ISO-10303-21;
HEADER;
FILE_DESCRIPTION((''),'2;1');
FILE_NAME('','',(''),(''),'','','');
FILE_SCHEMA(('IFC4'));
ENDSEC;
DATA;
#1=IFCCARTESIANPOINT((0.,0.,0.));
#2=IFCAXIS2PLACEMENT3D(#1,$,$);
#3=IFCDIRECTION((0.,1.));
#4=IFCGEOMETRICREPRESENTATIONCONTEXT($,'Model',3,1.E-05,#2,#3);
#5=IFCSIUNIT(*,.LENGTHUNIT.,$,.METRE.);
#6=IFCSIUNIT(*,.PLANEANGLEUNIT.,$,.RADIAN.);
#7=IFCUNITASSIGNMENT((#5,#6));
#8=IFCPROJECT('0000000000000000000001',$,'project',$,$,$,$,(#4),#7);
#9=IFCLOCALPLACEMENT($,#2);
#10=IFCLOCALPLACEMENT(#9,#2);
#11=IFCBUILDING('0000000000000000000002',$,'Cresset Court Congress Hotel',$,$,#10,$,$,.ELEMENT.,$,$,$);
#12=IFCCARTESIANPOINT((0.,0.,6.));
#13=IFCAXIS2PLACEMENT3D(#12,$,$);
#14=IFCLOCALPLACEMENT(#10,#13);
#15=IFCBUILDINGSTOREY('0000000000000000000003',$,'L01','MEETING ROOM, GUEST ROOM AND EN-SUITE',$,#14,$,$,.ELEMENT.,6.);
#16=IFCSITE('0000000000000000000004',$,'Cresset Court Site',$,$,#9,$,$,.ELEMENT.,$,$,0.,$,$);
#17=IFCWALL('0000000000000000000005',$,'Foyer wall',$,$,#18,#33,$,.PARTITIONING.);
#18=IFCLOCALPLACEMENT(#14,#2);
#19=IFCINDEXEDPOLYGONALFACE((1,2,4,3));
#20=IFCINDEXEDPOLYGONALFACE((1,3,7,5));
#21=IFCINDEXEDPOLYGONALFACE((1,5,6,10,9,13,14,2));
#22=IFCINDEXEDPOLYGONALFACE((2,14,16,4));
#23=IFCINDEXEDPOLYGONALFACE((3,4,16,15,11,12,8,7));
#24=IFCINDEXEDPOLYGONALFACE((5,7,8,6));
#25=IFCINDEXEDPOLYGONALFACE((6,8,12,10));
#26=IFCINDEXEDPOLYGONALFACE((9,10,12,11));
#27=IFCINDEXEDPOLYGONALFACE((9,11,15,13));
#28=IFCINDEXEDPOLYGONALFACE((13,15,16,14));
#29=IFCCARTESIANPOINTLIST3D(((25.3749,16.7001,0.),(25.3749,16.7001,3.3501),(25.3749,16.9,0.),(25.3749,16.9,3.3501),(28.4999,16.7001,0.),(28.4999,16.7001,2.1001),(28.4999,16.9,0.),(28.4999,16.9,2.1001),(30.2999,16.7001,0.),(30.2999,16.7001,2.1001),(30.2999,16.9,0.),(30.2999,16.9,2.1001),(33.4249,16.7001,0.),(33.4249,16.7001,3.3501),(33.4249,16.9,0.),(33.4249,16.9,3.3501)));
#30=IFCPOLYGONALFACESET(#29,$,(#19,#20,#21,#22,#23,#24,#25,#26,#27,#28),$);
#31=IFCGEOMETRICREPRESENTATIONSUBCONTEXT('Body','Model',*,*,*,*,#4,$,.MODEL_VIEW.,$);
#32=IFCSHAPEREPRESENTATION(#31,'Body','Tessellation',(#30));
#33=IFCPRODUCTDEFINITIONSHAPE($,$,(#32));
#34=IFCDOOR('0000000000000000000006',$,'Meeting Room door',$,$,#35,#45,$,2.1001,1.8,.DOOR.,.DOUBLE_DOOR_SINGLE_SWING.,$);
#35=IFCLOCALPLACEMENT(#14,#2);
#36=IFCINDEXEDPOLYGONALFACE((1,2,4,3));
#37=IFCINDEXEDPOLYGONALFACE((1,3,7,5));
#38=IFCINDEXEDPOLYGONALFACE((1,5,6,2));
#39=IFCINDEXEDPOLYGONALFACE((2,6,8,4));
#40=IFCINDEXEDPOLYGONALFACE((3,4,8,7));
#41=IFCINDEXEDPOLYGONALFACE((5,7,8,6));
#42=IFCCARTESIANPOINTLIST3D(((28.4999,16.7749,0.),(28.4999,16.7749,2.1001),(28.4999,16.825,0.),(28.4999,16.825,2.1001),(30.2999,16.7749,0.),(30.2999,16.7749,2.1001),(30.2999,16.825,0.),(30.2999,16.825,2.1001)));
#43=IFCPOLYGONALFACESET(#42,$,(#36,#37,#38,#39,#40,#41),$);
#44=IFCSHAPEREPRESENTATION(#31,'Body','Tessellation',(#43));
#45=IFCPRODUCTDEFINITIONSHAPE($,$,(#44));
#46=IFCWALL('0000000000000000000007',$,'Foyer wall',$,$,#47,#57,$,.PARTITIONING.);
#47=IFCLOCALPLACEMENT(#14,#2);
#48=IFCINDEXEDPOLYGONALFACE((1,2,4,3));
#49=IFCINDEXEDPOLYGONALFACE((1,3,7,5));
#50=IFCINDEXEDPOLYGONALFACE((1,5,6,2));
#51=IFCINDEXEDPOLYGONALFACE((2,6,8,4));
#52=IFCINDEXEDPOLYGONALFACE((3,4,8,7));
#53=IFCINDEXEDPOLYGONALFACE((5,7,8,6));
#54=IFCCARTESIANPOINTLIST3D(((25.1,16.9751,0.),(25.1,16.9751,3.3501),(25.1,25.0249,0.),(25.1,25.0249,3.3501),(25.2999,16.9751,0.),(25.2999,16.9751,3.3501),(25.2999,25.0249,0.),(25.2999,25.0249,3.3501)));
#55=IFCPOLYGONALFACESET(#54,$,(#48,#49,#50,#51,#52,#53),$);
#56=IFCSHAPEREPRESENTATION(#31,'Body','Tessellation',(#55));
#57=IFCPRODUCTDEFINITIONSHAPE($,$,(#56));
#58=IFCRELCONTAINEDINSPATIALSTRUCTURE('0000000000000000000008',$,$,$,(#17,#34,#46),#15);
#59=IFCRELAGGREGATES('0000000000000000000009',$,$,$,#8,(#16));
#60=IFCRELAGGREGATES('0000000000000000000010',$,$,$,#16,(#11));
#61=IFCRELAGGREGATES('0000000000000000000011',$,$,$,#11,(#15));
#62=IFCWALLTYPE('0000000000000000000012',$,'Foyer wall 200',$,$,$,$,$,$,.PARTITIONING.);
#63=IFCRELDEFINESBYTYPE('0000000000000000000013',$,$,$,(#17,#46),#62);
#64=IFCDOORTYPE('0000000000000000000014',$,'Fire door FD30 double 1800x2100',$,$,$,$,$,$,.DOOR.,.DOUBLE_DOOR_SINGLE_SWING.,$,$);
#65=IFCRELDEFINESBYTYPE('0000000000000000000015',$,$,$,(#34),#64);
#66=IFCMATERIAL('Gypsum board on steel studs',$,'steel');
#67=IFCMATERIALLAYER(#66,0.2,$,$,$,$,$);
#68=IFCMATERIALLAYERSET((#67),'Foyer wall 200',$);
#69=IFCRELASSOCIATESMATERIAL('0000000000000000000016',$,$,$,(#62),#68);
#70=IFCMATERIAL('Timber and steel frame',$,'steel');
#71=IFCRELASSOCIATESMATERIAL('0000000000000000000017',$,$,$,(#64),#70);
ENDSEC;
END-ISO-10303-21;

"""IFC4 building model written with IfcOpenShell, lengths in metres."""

from ifc_helpers import new_model, si_unit, direction, frame, frame_2d, origin, place, context, subcontext, project, spatial, rectangle, extrude, material, layer, layer_set, type_object, element, fill, save


model = new_model("IFC4")

# Units and contexts
model_context = context("Model", 3, precision=1e-05, world=origin(), true_north=direction((0.0, 1.0)))
body_context = subcontext(model_context, "Body", "Model", "MODEL_VIEW")
ifc_project = project(units=[si_unit("LENGTHUNIT", "METRE"), si_unit("PLANEANGLEUNIT", "RADIAN")], contexts=[model_context])

# Site, building, storey
site_placement = place(None, origin())
site = spatial("IfcSite", under=ifc_project, at=site_placement, Name="Cresset Court Site", CompositionType="ELEMENT", RefElevation=0.0)
building_placement = place(site_placement, origin())
building = spatial("IfcBuilding", under=site, at=building_placement, Name="Cresset Court Congress Hotel", CompositionType="ELEMENT")
storey_placement = place(building_placement, frame((0.0, 0.0, 6.0)))
storey = spatial("IfcBuildingStorey", under=building, at=storey_placement, Name="L01", Description="MEETING ROOM, GUEST ROOM AND EN-SUITE", CompositionType="ELEMENT", Elevation=6.0)

# Wall, opening, door
ifc_material_1 = material(Name="Gypsum board on steel studs", Category="steel")
ifc_layer_1 = layer(ifc_material_1, 0.2)
ifc_layer_set_1 = layer_set([ifc_layer_1], Name="Foyer wall 200")
wall_type_1 = type_object("IfcWallType", Name="Foyer wall 200", PredefinedType="PARTITIONING", material=ifc_layer_set_1)
wall_1_placement = place(storey_placement, frame((25.375, 16.8, 0.0), z_axis=(0.0, 0.0, 1.0), x_axis=(1.0, 0.0, 0.0)))
wall_1 = element("IfcWall", 1, at=wall_1_placement, inside=storey, type_object=wall_type_1, Name="Foyer wall", PredefinedType="PARTITIONING", context=body_context, shape_type="SweptSolid", body=[
    extrude(rectangle(XDim=8.05, YDim=0.2, at=frame_2d((4.0249, 0.0))), origin(), (0.0, 0.0, 1.0), 3.3501),
])
opening_1_placement = place(wall_1_placement, frame((3.125, 0.0, 0.0)))
opening_1 = element("IfcOpeningElement", 2, at=opening_1_placement, cuts=wall_1, PredefinedType="OPENING", context=body_context, shape_type="SweptSolid", body=[
    extrude(rectangle(XDim=1.8, YDim=2.1001, at=frame_2d((0.8999, 1.05))), frame((0.0, 0.1099, 0.0), z_axis=(0.0, -1.0, 0.0), x_axis=(1.0, 0.0, 0.0)), (0.0, 0.0, 1.0), 0.22),
])
ifc_material_2 = material(Name="Timber and steel frame", Category="steel")
door_type_1 = type_object("IfcDoorType", Name="Fire door FD30 double 1800x2100", OperationType="DOUBLE_DOOR_SINGLE_SWING", PredefinedType="DOOR", material=ifc_material_2)
door_1_placement = place(opening_1_placement, origin())
door_1 = element("IfcDoor", 3, at=door_1_placement, inside=storey, type_object=door_type_1, Name="Meeting Room door", OperationType="DOUBLE_DOOR_SINGLE_SWING", OverallHeight=2.1001, OverallWidth=1.8, PredefinedType="DOOR", context=body_context, shape_type="SweptSolid", body=[
    extrude(rectangle(XDim=1.8, YDim=2.1001, at=frame_2d((0.8999, 1.05))), frame((0.0, 0.0249, 0.0), z_axis=(0.0, -1.0, 0.0), x_axis=(1.0, 0.0, 0.0)), (0.0, 0.0, 1.0), 0.05),
])
fill(opening_1, door_1)

# Wall
wall_2_placement = place(storey_placement, frame((25.2, 16.9751, 0.0), z_axis=(0.0, 0.0, 1.0), x_axis=(0.0, 1.0, 0.0)))
element("IfcWall", 4, at=wall_2_placement, inside=storey, type_object=wall_type_1, Name="Foyer wall", PredefinedType="PARTITIONING", context=body_context, shape_type="SweptSolid", body=[
    extrude(rectangle(XDim=8.0498, YDim=0.2, at=frame_2d((4.0249, 0.0))), origin(), (0.0, 0.0, 1.0), 3.3501),
])

save(model, "model.ifc")
